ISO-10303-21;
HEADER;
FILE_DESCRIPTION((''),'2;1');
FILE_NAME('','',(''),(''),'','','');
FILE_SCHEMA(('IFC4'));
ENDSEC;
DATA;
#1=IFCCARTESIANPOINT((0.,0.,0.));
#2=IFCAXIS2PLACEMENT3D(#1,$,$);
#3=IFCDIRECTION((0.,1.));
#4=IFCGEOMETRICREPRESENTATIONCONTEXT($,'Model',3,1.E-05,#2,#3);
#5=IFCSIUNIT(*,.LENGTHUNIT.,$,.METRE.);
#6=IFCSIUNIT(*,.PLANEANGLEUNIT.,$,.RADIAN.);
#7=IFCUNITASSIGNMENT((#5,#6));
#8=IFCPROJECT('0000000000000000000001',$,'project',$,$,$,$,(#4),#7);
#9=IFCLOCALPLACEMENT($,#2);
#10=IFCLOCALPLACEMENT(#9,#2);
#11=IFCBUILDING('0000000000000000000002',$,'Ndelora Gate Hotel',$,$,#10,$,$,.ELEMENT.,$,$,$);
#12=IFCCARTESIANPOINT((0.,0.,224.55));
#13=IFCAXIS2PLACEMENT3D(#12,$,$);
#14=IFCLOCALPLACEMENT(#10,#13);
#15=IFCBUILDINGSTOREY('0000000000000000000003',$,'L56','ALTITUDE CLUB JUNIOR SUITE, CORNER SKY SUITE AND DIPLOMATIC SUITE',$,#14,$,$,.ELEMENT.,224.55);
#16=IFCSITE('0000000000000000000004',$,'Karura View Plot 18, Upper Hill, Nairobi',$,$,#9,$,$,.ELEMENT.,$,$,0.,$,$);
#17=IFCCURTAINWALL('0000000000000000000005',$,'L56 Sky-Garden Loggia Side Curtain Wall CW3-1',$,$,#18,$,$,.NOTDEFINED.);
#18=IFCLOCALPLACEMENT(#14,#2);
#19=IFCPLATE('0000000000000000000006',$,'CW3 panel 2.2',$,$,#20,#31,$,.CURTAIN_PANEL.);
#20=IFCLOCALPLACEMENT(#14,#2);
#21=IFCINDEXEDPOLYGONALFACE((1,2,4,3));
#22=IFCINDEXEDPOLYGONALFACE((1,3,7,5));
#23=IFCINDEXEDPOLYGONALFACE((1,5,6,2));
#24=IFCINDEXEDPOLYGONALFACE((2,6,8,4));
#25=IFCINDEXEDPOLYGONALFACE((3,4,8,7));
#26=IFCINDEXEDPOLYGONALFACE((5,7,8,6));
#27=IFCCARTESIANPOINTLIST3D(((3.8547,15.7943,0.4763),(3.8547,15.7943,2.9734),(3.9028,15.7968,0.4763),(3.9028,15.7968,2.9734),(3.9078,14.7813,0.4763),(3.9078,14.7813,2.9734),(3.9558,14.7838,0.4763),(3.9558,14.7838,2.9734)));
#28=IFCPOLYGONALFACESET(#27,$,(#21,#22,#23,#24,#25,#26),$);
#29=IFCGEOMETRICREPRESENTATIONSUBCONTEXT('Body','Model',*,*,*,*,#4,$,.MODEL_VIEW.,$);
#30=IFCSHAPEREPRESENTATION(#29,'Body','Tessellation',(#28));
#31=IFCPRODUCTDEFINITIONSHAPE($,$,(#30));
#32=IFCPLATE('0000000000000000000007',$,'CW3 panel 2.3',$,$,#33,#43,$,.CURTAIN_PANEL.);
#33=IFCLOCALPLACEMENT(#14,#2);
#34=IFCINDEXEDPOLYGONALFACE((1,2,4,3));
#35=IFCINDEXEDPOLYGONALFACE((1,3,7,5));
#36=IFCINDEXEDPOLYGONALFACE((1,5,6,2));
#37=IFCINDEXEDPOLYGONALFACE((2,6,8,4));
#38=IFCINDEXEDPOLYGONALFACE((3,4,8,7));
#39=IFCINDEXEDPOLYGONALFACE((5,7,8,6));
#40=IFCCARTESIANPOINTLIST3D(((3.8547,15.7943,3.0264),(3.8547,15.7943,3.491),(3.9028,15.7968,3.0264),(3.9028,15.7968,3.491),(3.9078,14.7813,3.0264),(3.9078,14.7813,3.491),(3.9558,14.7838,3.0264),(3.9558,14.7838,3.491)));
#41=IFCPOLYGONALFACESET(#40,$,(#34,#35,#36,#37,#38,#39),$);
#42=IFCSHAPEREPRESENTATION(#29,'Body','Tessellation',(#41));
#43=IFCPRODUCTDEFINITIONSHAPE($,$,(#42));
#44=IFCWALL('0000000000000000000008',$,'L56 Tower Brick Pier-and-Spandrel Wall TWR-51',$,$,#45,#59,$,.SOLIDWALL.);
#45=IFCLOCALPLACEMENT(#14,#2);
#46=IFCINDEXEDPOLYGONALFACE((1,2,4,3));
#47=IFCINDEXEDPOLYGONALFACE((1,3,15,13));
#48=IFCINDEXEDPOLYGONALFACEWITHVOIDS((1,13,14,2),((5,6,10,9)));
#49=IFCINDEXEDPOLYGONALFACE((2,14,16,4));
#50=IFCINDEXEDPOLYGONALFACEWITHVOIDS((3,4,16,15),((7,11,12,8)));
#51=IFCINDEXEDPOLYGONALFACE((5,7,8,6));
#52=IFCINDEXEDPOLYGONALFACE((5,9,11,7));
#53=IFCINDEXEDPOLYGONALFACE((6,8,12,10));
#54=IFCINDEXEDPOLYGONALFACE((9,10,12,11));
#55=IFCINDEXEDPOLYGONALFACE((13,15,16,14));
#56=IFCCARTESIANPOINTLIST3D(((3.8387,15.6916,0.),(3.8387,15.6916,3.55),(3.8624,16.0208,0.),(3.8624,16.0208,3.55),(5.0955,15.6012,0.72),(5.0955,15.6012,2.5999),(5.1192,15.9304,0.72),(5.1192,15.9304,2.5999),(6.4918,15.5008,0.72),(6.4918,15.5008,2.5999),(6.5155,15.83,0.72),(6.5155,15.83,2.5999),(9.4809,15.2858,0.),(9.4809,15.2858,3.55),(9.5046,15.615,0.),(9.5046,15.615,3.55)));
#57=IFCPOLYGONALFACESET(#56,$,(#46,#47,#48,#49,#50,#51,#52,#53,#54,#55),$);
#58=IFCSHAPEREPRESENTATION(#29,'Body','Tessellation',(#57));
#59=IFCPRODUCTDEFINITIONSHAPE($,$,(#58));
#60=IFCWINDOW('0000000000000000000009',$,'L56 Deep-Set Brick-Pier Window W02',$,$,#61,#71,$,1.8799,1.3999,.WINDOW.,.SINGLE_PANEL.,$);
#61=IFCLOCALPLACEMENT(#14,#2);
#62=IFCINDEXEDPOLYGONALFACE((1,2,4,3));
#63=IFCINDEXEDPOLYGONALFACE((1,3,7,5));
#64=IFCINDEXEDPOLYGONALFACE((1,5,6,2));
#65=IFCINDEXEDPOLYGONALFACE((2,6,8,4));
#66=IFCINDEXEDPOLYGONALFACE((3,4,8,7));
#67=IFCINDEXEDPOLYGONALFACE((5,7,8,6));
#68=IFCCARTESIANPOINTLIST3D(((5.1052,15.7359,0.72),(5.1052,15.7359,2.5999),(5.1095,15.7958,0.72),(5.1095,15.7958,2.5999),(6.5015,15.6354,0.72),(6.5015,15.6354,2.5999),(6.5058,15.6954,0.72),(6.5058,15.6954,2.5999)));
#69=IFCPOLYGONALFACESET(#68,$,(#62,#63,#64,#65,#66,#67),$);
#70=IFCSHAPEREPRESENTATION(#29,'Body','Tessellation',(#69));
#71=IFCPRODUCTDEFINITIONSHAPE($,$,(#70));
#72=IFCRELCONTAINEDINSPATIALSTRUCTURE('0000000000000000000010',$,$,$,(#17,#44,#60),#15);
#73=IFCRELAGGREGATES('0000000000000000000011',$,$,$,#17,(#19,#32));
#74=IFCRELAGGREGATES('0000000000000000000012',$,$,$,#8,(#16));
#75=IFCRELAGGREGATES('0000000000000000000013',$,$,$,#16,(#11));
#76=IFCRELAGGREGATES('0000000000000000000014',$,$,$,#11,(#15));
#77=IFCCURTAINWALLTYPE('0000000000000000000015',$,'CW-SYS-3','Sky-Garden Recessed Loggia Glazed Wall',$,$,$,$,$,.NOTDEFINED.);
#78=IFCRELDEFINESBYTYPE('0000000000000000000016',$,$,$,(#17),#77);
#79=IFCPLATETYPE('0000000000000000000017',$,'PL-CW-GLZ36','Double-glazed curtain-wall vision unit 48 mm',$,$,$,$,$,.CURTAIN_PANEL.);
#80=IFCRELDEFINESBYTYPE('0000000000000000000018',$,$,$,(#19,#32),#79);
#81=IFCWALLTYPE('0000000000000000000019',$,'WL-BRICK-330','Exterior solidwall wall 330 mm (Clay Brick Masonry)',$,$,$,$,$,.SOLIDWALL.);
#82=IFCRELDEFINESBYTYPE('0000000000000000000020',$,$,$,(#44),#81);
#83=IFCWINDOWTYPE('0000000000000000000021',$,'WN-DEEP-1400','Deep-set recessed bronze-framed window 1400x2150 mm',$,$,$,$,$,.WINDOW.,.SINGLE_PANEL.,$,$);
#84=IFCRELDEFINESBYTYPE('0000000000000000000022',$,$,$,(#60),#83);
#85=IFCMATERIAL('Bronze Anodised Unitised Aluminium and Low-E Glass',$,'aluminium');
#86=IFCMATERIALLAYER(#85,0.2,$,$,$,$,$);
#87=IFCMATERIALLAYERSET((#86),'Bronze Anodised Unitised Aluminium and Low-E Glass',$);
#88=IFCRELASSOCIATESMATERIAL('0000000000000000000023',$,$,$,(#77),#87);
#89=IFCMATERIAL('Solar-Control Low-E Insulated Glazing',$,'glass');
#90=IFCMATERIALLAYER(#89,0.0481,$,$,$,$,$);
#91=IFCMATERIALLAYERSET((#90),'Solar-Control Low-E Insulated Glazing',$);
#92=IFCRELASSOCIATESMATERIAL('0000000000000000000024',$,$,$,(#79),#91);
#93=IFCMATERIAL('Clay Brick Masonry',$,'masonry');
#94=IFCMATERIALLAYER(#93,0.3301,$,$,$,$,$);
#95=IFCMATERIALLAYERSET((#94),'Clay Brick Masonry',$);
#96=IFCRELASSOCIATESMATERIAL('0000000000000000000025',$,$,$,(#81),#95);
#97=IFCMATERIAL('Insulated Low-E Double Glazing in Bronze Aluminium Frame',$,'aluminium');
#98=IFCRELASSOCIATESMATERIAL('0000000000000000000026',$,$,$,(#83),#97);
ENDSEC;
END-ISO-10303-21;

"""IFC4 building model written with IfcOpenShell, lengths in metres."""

from ifc_helpers import new_model, si_unit, direction, frame, frame_2d, origin, origin_2d, place, context, subcontext, project, spatial, rectangle, extrude, material, layer, layer_set, type_object, element, fill, aggregate, save


model = new_model("IFC4")

# Units and contexts
model_context = context("Model", 3, precision=1e-05, world=origin(), true_north=direction((0.0, 1.0)))
body_context = subcontext(model_context, "Body", "Model", "MODEL_VIEW")
ifc_project = project(units=[si_unit("LENGTHUNIT", "METRE"), si_unit("PLANEANGLEUNIT", "RADIAN")], contexts=[model_context])

# Site, building, storey
site_placement = place(None, origin())
site = spatial("IfcSite", under=ifc_project, at=site_placement, Name="Karura View Plot 18, Upper Hill, Nairobi", CompositionType="ELEMENT", RefElevation=0.0)
building_placement = place(site_placement, origin())
building = spatial("IfcBuilding", under=site, at=building_placement, Name="Ndelora Gate Hotel", CompositionType="ELEMENT")
storey_placement = place(building_placement, frame((0.0, 0.0, 224.55)))
storey = spatial("IfcBuildingStorey", under=building, at=storey_placement, Name="L56", Description="ALTITUDE CLUB JUNIOR SUITE, CORNER SKY SUITE AND DIPLOMATIC SUITE", CompositionType="ELEMENT", Elevation=224.55)

# Curtain wall, plates
ifc_material_1 = material(Name="Bronze Anodised Unitised Aluminium and Low-E Glass", Category="aluminium")
ifc_layer_1 = layer(ifc_material_1, 0.2)
ifc_layer_set_1 = layer_set([ifc_layer_1], Name="Bronze Anodised Unitised Aluminium and Low-E Glass")
curtain_wall_type = type_object("IfcCurtainWallType", Name="CW-SYS-3", Description="Sky-Garden Recessed Loggia Glazed Wall", PredefinedType="NOTDEFINED", material=ifc_layer_set_1)
curtain_wall_placement = place(storey_placement, origin())
curtain_wall = element("IfcCurtainWall", 1, at=curtain_wall_placement, inside=storey, type_object=curtain_wall_type, Name="L56 Sky-Garden Loggia Side Curtain Wall CW3-1", PredefinedType="NOTDEFINED")
ifc_material_2 = material(Name="Solar-Control Low-E Insulated Glazing", Category="glass")
ifc_layer_2 = layer(ifc_material_2, 0.0481)
ifc_layer_set_2 = layer_set([ifc_layer_2], Name="Solar-Control Low-E Insulated Glazing")
plate_type = type_object("IfcPlateType", Name="PL-CW-GLZ36", Description="Double-glazed curtain-wall vision unit 48 mm", PredefinedType="CURTAIN_PANEL", material=ifc_layer_set_2)
plate_1_placement = place(storey_placement, frame((3.9053, 15.2891, 0.4763), z_axis=(0.0, 0.0, 1.0), x_axis=(-0.052318, 0.99863, 0.0)))
plate_1 = element("IfcPlate", 2, at=plate_1_placement, type_object=plate_type, Name="CW3 panel 2.2", PredefinedType="CURTAIN_PANEL", context=body_context, shape_type="SweptSolid", body=[
    extrude(rectangle(XDim=1.0144, YDim=0.0481, at=origin_2d()), origin(), (0.0, 0.0, 1.0), 2.4971),
])
plate_2_placement = place(storey_placement, frame((3.9053, 15.2891, 3.0264), z_axis=(0.0, 0.0, 1.0), x_axis=(-0.052318, 0.99863, 0.0)))
plate_2 = element("IfcPlate", 3, at=plate_2_placement, type_object=plate_type, Name="CW3 panel 2.3", PredefinedType="CURTAIN_PANEL", context=body_context, shape_type="SweptSolid", body=[
    extrude(rectangle(XDim=1.0144, YDim=0.0481, at=origin_2d()), origin(), (0.0, 0.0, 1.0), 0.4646),
])
aggregate(curtain_wall, [plate_1, plate_2])

# Wall, opening, window
ifc_material_3 = material(Name="Clay Brick Masonry", Category="masonry")
ifc_layer_3 = layer(ifc_material_3, 0.3301)
ifc_layer_set_3 = layer_set([ifc_layer_3], Name="Clay Brick Masonry")
wall_type = type_object("IfcWallType", Name="WL-BRICK-330", Description="Exterior solidwall wall 330 mm (Clay Brick Masonry)", PredefinedType="SOLIDWALL", material=ifc_layer_set_3)
wall_placement = place(storey_placement, frame((3.8506, 15.8562, 0.0), z_axis=(0.0, 0.0, 1.0), x_axis=(0.997424, -0.071732, 0.0)))
wall = element("IfcWall", 4, at=wall_placement, inside=storey, type_object=wall_type, Name="L56 Tower Brick Pier-and-Spandrel Wall TWR-51", PredefinedType="SOLIDWALL", context=body_context, shape_type="SweptSolid", body=[
    extrude(rectangle(XDim=5.6567, YDim=0.3301, at=frame_2d((2.8284, 0.0))), origin(), (0.0, 0.0, 1.0), 3.55),
])
opening_placement = place(wall_placement, frame((1.26, 0.0, 0.72)))
opening = element("IfcOpeningElement", 5, at=opening_placement, cuts=wall, PredefinedType="OPENING", context=body_context, shape_type="SweptSolid", body=[
    extrude(rectangle(XDim=1.3999, YDim=1.8799, at=frame_2d((0.7, 0.9399))), frame((0.0, 0.175, 0.0), z_axis=(0.0, -1.0, 0.0), x_axis=(1.0, 0.0, 0.0)), (0.0, 0.0, 1.0), 0.3501),
])
ifc_material_4 = material(Name="Insulated Low-E Double Glazing in Bronze Aluminium Frame", Category="aluminium")
window_type = type_object("IfcWindowType", Name="WN-DEEP-1400", Description="Deep-set recessed bronze-framed window 1400x2150 mm", PartitioningType="SINGLE_PANEL", PredefinedType="WINDOW", material=ifc_material_4)
window_placement = place(opening_placement, origin())
window = element("IfcWindow", 6, at=window_placement, inside=storey, type_object=window_type, Name="L56 Deep-Set Brick-Pier Window W02", OverallHeight=1.8799, OverallWidth=1.3999, PartitioningType="SINGLE_PANEL", PredefinedType="WINDOW", context=body_context, shape_type="SweptSolid", body=[
    extrude(rectangle(XDim=1.3999, YDim=1.8799, at=frame_2d((0.7, 0.9399))), frame((0.0, 0.03, 0.0), z_axis=(0.0, -1.0, 0.0), x_axis=(1.0, 0.0, 0.0)), (0.0, 0.0, 1.0), 0.0601),
])
fill(opening, window)

save(model, "model.ifc")
